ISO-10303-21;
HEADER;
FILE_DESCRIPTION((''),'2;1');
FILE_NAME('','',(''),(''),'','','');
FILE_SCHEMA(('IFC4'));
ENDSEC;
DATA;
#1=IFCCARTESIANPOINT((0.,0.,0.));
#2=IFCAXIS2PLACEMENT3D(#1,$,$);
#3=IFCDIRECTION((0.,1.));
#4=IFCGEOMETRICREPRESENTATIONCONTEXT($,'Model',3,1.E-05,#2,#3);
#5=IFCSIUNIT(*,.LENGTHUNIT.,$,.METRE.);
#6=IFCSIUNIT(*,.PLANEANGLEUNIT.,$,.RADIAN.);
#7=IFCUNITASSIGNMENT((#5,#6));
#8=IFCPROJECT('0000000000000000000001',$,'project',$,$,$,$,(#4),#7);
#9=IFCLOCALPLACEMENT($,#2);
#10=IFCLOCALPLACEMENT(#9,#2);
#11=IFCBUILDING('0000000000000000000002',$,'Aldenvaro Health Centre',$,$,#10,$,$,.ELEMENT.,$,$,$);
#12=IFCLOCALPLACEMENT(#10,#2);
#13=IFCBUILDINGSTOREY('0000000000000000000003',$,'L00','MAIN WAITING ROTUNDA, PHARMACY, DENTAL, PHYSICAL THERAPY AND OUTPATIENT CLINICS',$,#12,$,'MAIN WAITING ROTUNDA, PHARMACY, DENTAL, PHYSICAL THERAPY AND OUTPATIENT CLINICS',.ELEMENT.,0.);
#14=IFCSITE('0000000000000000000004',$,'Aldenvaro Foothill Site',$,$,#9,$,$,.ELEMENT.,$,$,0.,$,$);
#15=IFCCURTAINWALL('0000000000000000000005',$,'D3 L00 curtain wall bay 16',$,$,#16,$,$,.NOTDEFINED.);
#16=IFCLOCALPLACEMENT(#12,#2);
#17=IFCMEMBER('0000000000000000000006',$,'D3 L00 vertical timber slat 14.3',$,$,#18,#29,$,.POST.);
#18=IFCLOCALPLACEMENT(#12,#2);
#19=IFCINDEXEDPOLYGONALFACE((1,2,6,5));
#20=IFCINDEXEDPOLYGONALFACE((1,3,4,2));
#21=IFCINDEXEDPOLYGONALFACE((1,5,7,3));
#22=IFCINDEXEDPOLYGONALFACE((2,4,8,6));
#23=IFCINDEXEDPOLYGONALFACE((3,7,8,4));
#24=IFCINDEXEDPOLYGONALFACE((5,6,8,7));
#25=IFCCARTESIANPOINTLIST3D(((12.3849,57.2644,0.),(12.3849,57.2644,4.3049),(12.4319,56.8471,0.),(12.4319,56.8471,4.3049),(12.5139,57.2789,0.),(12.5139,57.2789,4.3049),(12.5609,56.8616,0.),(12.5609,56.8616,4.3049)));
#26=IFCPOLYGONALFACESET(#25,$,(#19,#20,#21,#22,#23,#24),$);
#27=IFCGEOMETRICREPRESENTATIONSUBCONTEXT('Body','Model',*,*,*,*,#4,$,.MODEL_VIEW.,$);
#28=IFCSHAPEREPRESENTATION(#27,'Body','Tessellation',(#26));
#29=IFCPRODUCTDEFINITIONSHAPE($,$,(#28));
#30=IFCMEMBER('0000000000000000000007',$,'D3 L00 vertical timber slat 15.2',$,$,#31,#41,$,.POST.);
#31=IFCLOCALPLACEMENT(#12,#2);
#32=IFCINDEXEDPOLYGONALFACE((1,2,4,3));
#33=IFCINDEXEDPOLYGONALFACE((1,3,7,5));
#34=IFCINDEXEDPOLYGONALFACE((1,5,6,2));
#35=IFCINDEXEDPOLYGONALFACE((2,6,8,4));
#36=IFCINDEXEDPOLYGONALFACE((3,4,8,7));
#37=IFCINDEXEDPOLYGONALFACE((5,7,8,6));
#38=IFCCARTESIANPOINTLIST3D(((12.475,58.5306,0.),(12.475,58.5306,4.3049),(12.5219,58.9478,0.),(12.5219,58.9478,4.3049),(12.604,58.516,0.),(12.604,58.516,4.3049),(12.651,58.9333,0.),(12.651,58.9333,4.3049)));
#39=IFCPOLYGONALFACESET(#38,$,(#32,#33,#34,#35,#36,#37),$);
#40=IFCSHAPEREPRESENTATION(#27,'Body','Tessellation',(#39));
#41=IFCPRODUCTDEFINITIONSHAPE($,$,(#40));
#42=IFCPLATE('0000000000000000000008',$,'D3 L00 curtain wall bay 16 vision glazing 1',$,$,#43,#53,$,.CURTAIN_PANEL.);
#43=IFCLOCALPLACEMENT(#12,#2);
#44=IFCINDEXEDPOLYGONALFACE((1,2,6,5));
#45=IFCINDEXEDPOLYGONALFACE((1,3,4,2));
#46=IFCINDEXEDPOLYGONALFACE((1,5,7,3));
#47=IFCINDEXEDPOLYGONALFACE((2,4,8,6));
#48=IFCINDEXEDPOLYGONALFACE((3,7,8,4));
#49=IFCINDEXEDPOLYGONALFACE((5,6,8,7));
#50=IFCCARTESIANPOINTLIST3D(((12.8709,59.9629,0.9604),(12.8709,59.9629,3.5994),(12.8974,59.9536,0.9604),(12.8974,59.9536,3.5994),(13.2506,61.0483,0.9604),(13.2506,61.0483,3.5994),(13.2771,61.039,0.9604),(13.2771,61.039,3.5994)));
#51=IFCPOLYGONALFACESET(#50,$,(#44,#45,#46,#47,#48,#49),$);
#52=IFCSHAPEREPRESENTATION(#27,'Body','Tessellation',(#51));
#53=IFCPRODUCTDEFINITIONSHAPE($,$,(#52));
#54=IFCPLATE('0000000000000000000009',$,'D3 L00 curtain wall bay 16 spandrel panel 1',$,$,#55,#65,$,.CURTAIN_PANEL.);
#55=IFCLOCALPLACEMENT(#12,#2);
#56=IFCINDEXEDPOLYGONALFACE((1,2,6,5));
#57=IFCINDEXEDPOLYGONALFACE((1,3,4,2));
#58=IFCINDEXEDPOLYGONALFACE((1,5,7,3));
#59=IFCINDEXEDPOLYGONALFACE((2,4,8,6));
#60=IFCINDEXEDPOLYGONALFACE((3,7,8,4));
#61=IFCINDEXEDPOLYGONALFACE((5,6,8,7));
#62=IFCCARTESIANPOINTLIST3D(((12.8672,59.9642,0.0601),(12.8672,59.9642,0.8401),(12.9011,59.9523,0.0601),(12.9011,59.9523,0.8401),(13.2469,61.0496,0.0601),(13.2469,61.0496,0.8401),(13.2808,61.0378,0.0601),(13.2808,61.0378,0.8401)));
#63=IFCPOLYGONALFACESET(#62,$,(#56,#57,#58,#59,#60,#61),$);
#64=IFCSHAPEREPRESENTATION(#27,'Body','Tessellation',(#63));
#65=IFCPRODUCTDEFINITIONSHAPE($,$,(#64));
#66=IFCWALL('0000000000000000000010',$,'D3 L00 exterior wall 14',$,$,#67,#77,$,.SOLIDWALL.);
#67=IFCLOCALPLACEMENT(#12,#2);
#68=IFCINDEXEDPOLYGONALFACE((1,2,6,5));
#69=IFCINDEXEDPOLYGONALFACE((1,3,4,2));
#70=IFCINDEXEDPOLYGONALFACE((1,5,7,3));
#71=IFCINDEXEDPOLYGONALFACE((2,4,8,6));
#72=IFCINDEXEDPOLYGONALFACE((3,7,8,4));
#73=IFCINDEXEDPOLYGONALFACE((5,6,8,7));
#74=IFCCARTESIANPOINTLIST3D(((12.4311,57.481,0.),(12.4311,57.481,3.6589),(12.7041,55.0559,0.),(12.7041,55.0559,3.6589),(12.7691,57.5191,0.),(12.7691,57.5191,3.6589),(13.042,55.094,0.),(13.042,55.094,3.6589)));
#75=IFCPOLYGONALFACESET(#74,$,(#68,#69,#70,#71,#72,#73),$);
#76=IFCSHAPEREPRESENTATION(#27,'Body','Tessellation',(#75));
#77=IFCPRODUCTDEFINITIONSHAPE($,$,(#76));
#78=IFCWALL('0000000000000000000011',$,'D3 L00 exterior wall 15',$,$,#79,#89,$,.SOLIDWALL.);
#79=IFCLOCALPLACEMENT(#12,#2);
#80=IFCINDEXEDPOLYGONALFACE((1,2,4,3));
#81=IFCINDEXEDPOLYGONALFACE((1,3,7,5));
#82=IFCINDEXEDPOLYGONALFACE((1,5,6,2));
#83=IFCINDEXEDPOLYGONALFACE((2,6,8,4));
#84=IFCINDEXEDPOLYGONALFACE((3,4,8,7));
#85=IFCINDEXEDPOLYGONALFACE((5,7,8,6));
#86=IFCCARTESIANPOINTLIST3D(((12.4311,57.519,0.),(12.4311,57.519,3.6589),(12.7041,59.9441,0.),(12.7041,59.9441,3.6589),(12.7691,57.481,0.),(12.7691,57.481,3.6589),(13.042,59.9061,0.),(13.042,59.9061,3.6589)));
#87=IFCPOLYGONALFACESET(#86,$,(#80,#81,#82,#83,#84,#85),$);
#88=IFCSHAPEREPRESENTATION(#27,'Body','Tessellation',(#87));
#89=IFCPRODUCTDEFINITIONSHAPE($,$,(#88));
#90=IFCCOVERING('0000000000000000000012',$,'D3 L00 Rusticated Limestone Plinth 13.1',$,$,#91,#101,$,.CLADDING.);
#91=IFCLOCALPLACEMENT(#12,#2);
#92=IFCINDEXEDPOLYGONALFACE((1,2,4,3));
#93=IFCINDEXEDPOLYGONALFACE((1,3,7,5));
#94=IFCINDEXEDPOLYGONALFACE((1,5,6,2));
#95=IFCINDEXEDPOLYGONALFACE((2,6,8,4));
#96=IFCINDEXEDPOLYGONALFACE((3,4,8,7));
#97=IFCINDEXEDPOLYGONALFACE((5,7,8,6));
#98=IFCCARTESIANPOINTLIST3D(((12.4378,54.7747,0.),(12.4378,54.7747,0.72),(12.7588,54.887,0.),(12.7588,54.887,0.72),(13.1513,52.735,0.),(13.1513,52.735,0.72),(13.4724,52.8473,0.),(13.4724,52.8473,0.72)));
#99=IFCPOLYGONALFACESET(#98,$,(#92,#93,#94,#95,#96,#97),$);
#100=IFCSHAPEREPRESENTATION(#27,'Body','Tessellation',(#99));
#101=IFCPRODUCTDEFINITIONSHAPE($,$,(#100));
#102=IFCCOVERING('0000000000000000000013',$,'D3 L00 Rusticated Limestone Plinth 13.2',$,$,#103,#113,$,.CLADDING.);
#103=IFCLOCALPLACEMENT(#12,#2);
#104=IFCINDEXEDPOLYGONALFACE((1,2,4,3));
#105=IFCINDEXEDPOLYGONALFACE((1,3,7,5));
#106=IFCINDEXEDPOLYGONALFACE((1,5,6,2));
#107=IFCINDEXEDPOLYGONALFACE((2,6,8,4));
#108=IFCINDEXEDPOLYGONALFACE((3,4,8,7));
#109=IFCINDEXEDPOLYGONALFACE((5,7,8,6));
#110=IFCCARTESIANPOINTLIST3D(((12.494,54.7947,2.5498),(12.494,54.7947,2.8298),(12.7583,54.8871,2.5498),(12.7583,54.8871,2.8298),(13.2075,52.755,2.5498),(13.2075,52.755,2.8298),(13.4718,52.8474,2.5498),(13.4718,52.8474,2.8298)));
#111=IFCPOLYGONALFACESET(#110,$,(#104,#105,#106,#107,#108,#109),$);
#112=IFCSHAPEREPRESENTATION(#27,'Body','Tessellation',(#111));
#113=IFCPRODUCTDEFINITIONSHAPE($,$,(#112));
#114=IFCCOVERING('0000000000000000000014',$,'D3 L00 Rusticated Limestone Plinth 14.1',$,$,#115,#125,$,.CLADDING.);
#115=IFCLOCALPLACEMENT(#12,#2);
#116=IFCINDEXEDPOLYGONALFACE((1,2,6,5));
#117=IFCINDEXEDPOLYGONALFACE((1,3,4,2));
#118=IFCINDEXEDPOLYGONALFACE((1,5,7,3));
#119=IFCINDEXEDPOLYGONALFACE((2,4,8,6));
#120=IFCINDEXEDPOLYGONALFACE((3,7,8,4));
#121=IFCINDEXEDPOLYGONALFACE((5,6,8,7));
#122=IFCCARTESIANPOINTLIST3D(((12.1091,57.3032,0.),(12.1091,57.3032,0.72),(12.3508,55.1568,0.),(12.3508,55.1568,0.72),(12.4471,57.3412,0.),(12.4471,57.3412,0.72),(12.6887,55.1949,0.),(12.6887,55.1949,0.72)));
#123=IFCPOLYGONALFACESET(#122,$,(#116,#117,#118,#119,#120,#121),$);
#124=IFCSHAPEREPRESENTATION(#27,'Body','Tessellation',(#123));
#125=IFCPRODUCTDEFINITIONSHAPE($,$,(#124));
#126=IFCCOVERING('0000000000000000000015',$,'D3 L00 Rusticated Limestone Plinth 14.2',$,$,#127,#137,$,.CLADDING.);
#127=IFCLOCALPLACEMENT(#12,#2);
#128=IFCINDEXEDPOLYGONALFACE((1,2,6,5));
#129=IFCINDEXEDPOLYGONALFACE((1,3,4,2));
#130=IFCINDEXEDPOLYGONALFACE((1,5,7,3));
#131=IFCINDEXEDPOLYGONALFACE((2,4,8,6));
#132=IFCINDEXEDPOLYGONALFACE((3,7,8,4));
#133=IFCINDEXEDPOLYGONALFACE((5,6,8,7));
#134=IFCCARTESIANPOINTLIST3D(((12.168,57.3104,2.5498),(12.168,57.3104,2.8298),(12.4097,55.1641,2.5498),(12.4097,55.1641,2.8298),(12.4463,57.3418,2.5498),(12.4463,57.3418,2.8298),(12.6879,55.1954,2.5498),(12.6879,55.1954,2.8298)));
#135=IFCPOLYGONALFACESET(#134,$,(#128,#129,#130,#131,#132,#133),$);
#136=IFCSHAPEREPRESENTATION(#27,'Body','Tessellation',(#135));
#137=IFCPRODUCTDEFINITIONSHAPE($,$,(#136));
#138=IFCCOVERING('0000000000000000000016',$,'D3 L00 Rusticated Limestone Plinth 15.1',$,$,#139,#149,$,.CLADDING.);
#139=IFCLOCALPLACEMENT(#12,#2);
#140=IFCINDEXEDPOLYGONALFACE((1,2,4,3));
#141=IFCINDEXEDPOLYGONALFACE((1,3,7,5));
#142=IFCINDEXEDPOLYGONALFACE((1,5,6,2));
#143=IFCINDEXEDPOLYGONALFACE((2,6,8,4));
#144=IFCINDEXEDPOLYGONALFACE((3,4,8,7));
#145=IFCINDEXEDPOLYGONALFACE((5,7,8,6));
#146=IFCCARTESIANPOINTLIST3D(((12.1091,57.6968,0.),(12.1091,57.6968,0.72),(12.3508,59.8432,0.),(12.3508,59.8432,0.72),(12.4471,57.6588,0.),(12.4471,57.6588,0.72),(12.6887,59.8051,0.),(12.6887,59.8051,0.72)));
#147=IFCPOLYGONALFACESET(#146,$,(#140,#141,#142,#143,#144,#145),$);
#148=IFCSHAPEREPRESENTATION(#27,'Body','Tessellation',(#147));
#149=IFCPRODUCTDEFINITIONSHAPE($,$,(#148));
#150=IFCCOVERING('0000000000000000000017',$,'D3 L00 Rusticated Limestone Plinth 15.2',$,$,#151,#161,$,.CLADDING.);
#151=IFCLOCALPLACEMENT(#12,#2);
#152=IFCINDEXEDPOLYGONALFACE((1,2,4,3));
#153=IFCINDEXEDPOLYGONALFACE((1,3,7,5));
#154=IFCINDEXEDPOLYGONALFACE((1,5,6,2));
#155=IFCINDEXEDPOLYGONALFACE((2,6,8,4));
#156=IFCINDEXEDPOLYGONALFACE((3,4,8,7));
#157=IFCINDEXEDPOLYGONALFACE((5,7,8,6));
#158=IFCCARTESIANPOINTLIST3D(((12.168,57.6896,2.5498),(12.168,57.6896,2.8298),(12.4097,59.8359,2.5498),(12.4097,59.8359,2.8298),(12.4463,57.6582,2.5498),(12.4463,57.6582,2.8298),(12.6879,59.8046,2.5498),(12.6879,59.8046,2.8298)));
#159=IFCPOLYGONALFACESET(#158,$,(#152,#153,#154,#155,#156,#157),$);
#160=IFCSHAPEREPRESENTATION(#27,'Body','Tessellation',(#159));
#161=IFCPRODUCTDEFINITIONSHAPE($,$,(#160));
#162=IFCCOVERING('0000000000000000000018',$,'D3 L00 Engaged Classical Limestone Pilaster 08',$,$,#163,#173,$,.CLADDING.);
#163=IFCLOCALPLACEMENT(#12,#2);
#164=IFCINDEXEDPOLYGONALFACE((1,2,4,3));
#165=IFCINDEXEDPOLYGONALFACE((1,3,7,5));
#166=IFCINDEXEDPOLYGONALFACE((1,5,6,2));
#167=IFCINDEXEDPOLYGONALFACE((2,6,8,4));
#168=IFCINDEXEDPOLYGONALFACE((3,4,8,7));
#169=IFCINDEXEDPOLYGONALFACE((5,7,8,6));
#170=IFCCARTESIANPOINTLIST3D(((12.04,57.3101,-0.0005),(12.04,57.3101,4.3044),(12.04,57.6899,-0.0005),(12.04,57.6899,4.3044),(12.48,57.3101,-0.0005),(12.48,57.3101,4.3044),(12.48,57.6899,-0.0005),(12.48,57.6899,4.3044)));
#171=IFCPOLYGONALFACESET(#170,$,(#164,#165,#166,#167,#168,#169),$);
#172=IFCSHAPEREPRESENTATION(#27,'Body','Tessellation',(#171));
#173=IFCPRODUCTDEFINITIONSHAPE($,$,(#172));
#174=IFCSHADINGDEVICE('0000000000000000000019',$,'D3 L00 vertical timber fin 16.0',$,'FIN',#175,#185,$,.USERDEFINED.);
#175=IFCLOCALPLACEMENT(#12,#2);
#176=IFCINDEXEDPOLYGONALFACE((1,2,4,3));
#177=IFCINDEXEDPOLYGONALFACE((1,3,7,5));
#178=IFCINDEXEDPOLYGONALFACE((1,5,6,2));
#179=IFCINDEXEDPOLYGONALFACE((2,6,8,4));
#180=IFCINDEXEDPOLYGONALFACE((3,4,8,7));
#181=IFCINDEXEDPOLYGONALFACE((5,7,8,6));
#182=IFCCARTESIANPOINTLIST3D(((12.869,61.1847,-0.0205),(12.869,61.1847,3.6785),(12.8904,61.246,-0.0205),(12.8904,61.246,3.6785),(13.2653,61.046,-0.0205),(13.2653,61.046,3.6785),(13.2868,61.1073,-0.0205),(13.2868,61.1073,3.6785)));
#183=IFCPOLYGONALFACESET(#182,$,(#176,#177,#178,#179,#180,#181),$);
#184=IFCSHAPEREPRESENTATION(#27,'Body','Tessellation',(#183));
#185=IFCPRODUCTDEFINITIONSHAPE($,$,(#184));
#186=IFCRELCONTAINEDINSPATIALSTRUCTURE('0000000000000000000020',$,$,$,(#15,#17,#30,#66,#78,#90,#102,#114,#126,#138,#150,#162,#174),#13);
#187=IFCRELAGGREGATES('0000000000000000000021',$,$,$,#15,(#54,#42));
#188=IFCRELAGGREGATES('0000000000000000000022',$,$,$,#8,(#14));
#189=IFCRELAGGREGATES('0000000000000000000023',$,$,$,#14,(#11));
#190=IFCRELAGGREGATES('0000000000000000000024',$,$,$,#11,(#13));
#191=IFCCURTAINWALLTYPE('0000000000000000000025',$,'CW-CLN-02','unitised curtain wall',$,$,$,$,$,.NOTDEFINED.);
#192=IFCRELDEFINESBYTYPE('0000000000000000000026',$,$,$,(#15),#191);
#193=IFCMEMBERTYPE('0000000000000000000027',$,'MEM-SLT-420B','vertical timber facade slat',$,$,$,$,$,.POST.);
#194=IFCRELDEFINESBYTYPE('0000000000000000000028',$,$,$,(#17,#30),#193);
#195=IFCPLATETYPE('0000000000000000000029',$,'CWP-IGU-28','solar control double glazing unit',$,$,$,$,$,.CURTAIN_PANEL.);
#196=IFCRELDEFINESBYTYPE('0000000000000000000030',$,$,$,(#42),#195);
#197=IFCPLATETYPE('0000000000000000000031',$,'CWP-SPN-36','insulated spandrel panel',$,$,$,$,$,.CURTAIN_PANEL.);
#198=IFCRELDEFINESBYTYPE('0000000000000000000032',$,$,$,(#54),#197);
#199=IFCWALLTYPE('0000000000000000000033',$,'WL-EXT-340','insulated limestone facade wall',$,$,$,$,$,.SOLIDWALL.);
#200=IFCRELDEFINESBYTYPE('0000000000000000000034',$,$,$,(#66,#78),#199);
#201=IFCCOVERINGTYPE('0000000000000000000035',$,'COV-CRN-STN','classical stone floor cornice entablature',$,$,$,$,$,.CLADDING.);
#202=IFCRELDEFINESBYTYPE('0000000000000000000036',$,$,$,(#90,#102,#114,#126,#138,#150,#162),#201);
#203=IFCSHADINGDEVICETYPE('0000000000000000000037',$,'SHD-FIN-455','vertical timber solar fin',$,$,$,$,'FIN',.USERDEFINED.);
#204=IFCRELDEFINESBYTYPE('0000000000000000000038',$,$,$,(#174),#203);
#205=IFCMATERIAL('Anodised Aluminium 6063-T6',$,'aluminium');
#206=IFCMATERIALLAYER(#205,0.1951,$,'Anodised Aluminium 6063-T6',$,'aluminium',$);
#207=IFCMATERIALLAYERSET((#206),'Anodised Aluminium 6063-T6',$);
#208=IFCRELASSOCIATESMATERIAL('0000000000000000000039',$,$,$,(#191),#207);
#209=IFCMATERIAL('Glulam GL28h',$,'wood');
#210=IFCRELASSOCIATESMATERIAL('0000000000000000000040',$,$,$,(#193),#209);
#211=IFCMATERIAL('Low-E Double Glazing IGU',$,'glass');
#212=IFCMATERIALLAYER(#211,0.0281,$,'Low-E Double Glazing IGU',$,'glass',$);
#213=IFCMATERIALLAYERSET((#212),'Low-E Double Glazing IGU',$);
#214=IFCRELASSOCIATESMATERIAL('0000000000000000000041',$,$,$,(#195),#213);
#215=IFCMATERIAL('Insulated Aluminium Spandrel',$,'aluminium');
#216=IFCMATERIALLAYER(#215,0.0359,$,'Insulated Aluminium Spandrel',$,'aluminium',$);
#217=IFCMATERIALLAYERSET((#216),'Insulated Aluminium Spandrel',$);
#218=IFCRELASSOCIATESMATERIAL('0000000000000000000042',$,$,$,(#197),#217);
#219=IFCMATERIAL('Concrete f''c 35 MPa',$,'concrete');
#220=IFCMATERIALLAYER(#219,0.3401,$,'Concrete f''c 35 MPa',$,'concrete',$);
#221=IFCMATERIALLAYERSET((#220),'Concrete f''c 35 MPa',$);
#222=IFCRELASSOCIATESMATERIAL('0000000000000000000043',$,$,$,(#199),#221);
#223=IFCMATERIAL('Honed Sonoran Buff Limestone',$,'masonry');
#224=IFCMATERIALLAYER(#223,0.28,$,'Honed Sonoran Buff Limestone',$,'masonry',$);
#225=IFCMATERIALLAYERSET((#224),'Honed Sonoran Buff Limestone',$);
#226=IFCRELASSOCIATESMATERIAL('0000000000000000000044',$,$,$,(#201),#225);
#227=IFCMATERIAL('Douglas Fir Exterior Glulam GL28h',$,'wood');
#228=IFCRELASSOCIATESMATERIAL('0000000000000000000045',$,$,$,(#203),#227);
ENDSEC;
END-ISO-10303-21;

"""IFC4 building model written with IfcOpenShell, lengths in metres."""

from ifc_helpers import new_model, si_unit, direction, frame, frame_2d, origin, origin_2d, place, context, subcontext, project, spatial, rectangle, extrude, material, layer, layer_set, material_profile, profile_set, type_object, element, aggregate, save


model = new_model("IFC4")

# Units and contexts
model_context = context("Model", 3, precision=1e-05, world=origin(), true_north=direction((0.0, 1.0)))
body_context = subcontext(model_context, "Body", "Model", "MODEL_VIEW")
ifc_project = project(units=[si_unit("LENGTHUNIT", "METRE"), si_unit("PLANEANGLEUNIT", "RADIAN")], contexts=[model_context])

# Site, building, storey
site_placement = place(None, origin())
site = spatial("IfcSite", under=ifc_project, at=site_placement, Name="Aldenvaro Foothill Site", CompositionType="ELEMENT", RefElevation=0.0)
building_placement = place(site_placement, origin())
building = spatial("IfcBuilding", under=site, at=building_placement, Name="Aldenvaro Health Centre", CompositionType="ELEMENT")
storey_placement = place(building_placement, origin())
storey = spatial("IfcBuildingStorey", under=building, at=storey_placement, Name="L00", Description="MAIN WAITING ROTUNDA, PHARMACY, DENTAL, PHYSICAL THERAPY AND OUTPATIENT CLINICS", LongName="MAIN WAITING ROTUNDA, PHARMACY, DENTAL, PHYSICAL THERAPY AND OUTPATIENT CLINICS", CompositionType="ELEMENT", Elevation=0.0)

# Shared definitions
ifc_material_1 = material(Name="Glulam GL28h", Category="wood")

# Curtain wall
ifc_material_2 = material(Name="Anodised Aluminium 6063-T6", Category="aluminium")
ifc_layer_1 = layer(ifc_material_2, 0.1951, Name="Anodised Aluminium 6063-T6", Category="aluminium")
ifc_layer_set_1 = layer_set([ifc_layer_1], Name="Anodised Aluminium 6063-T6")
curtain_wall_type = type_object("IfcCurtainWallType", Name="CW-CLN-02", Description="unitised curtain wall", PredefinedType="NOTDEFINED", material=ifc_layer_set_1)
curtain_wall_placement = place(storey_placement, origin())
curtain_wall = element("IfcCurtainWall", 1, at=curtain_wall_placement, inside=storey, type_object=curtain_wall_type, Name="D3 L00 curtain wall bay 16", PredefinedType="NOTDEFINED")

# Members
ifc_material_profile_1 = material_profile(ifc_material_1, rectangle(XDim=0.1299, YDim=0.4199, at=origin_2d()), Name="GL 130x420", Category="wood")
ifc_profile_set_1 = profile_set([ifc_material_profile_1], Name="Glulam GL28h")
member_type_1 = type_object("IfcMemberType", Name="MEM-SLT-420B", Description="vertical timber facade slat", PredefinedType="POST", material=ifc_profile_set_1)
for number, where, z_axis, x_axis, name in (
    (2, (12.4729, 57.063, 0.0), (0.0, 0.0, 1.0), (-0.993723, -0.111871, 0.0), "D3 L00 vertical timber slat 14.3"),
    (3, (12.563, 58.7319, 0.0), (0.0, 0.0, 1.0), (-0.993723, 0.111871, 0.0), "D3 L00 vertical timber slat 15.2"),
):
    element("IfcMember", number, at=place(storey_placement, frame(where, z_axis=z_axis, x_axis=x_axis)), inside=storey, type_object=member_type_1, Name=name, PredefinedType="POST", context=body_context, shape_type="SweptSolid", body=[
        extrude(rectangle(XDim=0.1299, YDim=0.4199, at=origin_2d()), origin(), (0.0, 0.0, 1.0), 4.3049),
    ])

# Plates
ifc_material_3 = material(Name="Low-E Double Glazing IGU", Category="glass")
ifc_layer_2 = layer(ifc_material_3, 0.0281, Name="Low-E Double Glazing IGU", Category="glass")
ifc_layer_set_2 = layer_set([ifc_layer_2], Name="Low-E Double Glazing IGU")
plate_type_1 = type_object("IfcPlateType", Name="CWP-IGU-28", Description="solar control double glazing unit", PredefinedType="CURTAIN_PANEL", material=ifc_layer_set_2)
plate_1_placement = place(storey_placement, frame((13.074, 60.501, 0.9604), z_axis=(0.0, 0.0, 1.0), x_axis=(0.330204, 0.943909, 0.0)))
plate_1 = element("IfcPlate", 4, at=plate_1_placement, type_object=plate_type_1, Name="D3 L00 curtain wall bay 16 vision glazing 1", PredefinedType="CURTAIN_PANEL", context=body_context, shape_type="SweptSolid", body=[
    extrude(rectangle(XDim=1.1499, YDim=0.0281, at=origin_2d()), origin(), (0.0, 0.0, 1.0), 2.6389),
])
ifc_material_4 = material(Name="Insulated Aluminium Spandrel", Category="aluminium")
ifc_layer_3 = layer(ifc_material_4, 0.0359, Name="Insulated Aluminium Spandrel", Category="aluminium")
ifc_layer_set_3 = layer_set([ifc_layer_3], Name="Insulated Aluminium Spandrel")
plate_type_2 = type_object("IfcPlateType", Name="CWP-SPN-36", Description="insulated spandrel panel", PredefinedType="CURTAIN_PANEL", material=ifc_layer_set_3)
plate_2_placement = place(storey_placement, frame((13.074, 60.501, 0.0601), z_axis=(0.0, 0.0, 1.0), x_axis=(0.330204, 0.943909, 0.0)))
plate_2 = element("IfcPlate", 5, at=plate_2_placement, type_object=plate_type_2, Name="D3 L00 curtain wall bay 16 spandrel panel 1", PredefinedType="CURTAIN_PANEL", context=body_context, shape_type="SweptSolid", body=[
    extrude(rectangle(XDim=1.1499, YDim=0.0359, at=origin_2d()), origin(), (0.0, 0.0, 1.0), 0.78),
])
aggregate(curtain_wall, [plate_2, plate_1])

# Walls
ifc_material_5 = material(Name="Concrete f'c 35 MPa", Category="concrete")
ifc_layer_4 = layer(ifc_material_5, 0.3401, Name="Concrete f'c 35 MPa", Category="concrete")
ifc_layer_set_4 = layer_set([ifc_layer_4], Name="Concrete f'c 35 MPa")
wall_type = type_object("IfcWallType", Name="WL-EXT-340", Description="insulated limestone facade wall", PredefinedType="SOLIDWALL", material=ifc_layer_set_4)
for number, where, z_axis, x_axis, name in (
    (6, (12.873, 55.075, 0.0), (0.0, 0.0, 1.0), (-0.111848, 0.993725, 0.0), "D3 L00 exterior wall 14"),
    (7, (12.6001, 57.5, 0.0), (0.0, 0.0, 1.0), (0.111848, 0.993725, 0.0), "D3 L00 exterior wall 15"),
):
    element("IfcWall", number, at=place(storey_placement, frame(where, z_axis=z_axis, x_axis=x_axis)), inside=storey, type_object=wall_type, Name=name, PredefinedType="SOLIDWALL", context=body_context, shape_type="SweptSolid", body=[
        extrude(rectangle(XDim=2.4404, YDim=0.3401, at=frame_2d((1.2202, 0.0))), origin(), (0.0, 0.0, 1.0), 3.6589),
    ])

# Coverings
ifc_material_6 = material(Name="Honed Sonoran Buff Limestone", Category="masonry")
ifc_layer_5 = layer(ifc_material_6, 0.28, Name="Honed Sonoran Buff Limestone", Category="masonry")
ifc_layer_set_5 = layer_set([ifc_layer_5], Name="Honed Sonoran Buff Limestone")
covering_type = type_object("IfcCoveringType", Name="COV-CRN-STN", Description="classical stone floor cornice entablature", PredefinedType="CLADDING", material=ifc_layer_set_5)
covering_1_placement = place(storey_placement, frame((12.9551, 53.811, 0.0), z_axis=(0.0, 0.0, 1.0), x_axis=(-0.330204, 0.943909, 0.0)))
element("IfcCovering", 8, at=covering_1_placement, inside=storey, type_object=covering_type, Name="D3 L00 Rusticated Limestone Plinth 13.1", PredefinedType="CLADDING", context=body_context, shape_type="SweptSolid", body=[
    extrude(rectangle(XDim=2.1609, YDim=0.3401, at=origin_2d()), origin(), (0.0, 0.0, 1.0), 0.72),
])
covering_2_placement = place(storey_placement, frame((12.9829, 53.821, 2.5498), z_axis=(0.0, 0.0, 1.0), x_axis=(-0.330204, 0.943909, 0.0)))
element("IfcCovering", 9, at=covering_2_placement, inside=storey, type_object=covering_type, Name="D3 L00 Rusticated Limestone Plinth 13.2", PredefinedType="CLADDING", context=body_context, shape_type="SweptSolid", body=[
    extrude(rectangle(XDim=2.1609, YDim=0.28, at=origin_2d()), origin(), (0.0, 0.0, 1.0), 0.28),
])
covering_3_placement = place(storey_placement, frame((12.3989, 56.249, 0.0), z_axis=(0.0, 0.0, 1.0), x_axis=(-0.111871, 0.993723, 0.0)))
element("IfcCovering", 10, at=covering_3_placement, inside=storey, type_object=covering_type, Name="D3 L00 Rusticated Limestone Plinth 14.1", PredefinedType="CLADDING", context=body_context, shape_type="SweptSolid", body=[
    extrude(rectangle(XDim=2.1599, YDim=0.3401, at=origin_2d()), origin(), (0.0, 0.0, 1.0), 0.72),
])
covering_4_placement = place(storey_placement, frame((12.428, 56.2529, 2.5498), z_axis=(0.0, 0.0, 1.0), x_axis=(-0.111871, 0.993723, 0.0)))
element("IfcCovering", 11, at=covering_4_placement, inside=storey, type_object=covering_type, Name="D3 L00 Rusticated Limestone Plinth 14.2", PredefinedType="CLADDING", context=body_context, shape_type="SweptSolid", body=[
    extrude(rectangle(XDim=2.1599, YDim=0.28, at=origin_2d()), origin(), (0.0, 0.0, 1.0), 0.28),
])
covering_5_placement = place(storey_placement, frame((12.3989, 58.751, 0.0), z_axis=(0.0, 0.0, 1.0), x_axis=(0.111871, 0.993723, 0.0)))
element("IfcCovering", 12, at=covering_5_placement, inside=storey, type_object=covering_type, Name="D3 L00 Rusticated Limestone Plinth 15.1", PredefinedType="CLADDING", context=body_context, shape_type="SweptSolid", body=[
    extrude(rectangle(XDim=2.1599, YDim=0.3401, at=origin_2d()), origin(), (0.0, 0.0, 1.0), 0.72),
])
covering_6_placement = place(storey_placement, frame((12.428, 58.7471, 2.5498), z_axis=(0.0, 0.0, 1.0), x_axis=(0.111871, 0.993723, 0.0)))
element("IfcCovering", 13, at=covering_6_placement, inside=storey, type_object=covering_type, Name="D3 L00 Rusticated Limestone Plinth 15.2", PredefinedType="CLADDING", context=body_context, shape_type="SweptSolid", body=[
    extrude(rectangle(XDim=2.1599, YDim=0.28, at=origin_2d()), origin(), (0.0, 0.0, 1.0), 0.28),
])
covering_7_placement = place(storey_placement, frame((12.26, 57.5, -0.0005), z_axis=(0.0, 0.0, 1.0), x_axis=(-1.0, 0.0, 0.0)))
element("IfcCovering", 14, at=covering_7_placement, inside=storey, type_object=covering_type, Name="D3 L00 Engaged Classical Limestone Pilaster 08", PredefinedType="CLADDING", context=body_context, shape_type="SweptSolid", body=[
    extrude(rectangle(XDim=0.4399, YDim=0.3799, at=origin_2d()), origin(), (0.0, 0.0, 1.0), 4.3049),
])

# Shading device
ifc_material_7 = material(Name="Douglas Fir Exterior Glulam GL28h", Category="wood")
shading_device_type = type_object("IfcShadingDeviceType", Name="SHD-FIN-455", Description="vertical timber solar fin", ElementType="FIN", PredefinedType="USERDEFINED", material=ifc_material_7)
shading_device_placement = place(storey_placement, frame((13.0779, 61.146, -0.0205), z_axis=(0.0, 0.0, 1.0), x_axis=(0.330204, 0.943909, 0.0)))
element("IfcShadingDevice", 15, at=shading_device_placement, inside=storey, type_object=shading_device_type, Name="D3 L00 vertical timber fin 16.0", ObjectType="FIN", PredefinedType="USERDEFINED", context=body_context, shape_type="SweptSolid", body=[
    extrude(rectangle(XDim=0.0649, YDim=0.4199, at=origin_2d()), origin(), (0.0, 0.0, 1.0), 3.699),
])

save(model, "model.ifc")
